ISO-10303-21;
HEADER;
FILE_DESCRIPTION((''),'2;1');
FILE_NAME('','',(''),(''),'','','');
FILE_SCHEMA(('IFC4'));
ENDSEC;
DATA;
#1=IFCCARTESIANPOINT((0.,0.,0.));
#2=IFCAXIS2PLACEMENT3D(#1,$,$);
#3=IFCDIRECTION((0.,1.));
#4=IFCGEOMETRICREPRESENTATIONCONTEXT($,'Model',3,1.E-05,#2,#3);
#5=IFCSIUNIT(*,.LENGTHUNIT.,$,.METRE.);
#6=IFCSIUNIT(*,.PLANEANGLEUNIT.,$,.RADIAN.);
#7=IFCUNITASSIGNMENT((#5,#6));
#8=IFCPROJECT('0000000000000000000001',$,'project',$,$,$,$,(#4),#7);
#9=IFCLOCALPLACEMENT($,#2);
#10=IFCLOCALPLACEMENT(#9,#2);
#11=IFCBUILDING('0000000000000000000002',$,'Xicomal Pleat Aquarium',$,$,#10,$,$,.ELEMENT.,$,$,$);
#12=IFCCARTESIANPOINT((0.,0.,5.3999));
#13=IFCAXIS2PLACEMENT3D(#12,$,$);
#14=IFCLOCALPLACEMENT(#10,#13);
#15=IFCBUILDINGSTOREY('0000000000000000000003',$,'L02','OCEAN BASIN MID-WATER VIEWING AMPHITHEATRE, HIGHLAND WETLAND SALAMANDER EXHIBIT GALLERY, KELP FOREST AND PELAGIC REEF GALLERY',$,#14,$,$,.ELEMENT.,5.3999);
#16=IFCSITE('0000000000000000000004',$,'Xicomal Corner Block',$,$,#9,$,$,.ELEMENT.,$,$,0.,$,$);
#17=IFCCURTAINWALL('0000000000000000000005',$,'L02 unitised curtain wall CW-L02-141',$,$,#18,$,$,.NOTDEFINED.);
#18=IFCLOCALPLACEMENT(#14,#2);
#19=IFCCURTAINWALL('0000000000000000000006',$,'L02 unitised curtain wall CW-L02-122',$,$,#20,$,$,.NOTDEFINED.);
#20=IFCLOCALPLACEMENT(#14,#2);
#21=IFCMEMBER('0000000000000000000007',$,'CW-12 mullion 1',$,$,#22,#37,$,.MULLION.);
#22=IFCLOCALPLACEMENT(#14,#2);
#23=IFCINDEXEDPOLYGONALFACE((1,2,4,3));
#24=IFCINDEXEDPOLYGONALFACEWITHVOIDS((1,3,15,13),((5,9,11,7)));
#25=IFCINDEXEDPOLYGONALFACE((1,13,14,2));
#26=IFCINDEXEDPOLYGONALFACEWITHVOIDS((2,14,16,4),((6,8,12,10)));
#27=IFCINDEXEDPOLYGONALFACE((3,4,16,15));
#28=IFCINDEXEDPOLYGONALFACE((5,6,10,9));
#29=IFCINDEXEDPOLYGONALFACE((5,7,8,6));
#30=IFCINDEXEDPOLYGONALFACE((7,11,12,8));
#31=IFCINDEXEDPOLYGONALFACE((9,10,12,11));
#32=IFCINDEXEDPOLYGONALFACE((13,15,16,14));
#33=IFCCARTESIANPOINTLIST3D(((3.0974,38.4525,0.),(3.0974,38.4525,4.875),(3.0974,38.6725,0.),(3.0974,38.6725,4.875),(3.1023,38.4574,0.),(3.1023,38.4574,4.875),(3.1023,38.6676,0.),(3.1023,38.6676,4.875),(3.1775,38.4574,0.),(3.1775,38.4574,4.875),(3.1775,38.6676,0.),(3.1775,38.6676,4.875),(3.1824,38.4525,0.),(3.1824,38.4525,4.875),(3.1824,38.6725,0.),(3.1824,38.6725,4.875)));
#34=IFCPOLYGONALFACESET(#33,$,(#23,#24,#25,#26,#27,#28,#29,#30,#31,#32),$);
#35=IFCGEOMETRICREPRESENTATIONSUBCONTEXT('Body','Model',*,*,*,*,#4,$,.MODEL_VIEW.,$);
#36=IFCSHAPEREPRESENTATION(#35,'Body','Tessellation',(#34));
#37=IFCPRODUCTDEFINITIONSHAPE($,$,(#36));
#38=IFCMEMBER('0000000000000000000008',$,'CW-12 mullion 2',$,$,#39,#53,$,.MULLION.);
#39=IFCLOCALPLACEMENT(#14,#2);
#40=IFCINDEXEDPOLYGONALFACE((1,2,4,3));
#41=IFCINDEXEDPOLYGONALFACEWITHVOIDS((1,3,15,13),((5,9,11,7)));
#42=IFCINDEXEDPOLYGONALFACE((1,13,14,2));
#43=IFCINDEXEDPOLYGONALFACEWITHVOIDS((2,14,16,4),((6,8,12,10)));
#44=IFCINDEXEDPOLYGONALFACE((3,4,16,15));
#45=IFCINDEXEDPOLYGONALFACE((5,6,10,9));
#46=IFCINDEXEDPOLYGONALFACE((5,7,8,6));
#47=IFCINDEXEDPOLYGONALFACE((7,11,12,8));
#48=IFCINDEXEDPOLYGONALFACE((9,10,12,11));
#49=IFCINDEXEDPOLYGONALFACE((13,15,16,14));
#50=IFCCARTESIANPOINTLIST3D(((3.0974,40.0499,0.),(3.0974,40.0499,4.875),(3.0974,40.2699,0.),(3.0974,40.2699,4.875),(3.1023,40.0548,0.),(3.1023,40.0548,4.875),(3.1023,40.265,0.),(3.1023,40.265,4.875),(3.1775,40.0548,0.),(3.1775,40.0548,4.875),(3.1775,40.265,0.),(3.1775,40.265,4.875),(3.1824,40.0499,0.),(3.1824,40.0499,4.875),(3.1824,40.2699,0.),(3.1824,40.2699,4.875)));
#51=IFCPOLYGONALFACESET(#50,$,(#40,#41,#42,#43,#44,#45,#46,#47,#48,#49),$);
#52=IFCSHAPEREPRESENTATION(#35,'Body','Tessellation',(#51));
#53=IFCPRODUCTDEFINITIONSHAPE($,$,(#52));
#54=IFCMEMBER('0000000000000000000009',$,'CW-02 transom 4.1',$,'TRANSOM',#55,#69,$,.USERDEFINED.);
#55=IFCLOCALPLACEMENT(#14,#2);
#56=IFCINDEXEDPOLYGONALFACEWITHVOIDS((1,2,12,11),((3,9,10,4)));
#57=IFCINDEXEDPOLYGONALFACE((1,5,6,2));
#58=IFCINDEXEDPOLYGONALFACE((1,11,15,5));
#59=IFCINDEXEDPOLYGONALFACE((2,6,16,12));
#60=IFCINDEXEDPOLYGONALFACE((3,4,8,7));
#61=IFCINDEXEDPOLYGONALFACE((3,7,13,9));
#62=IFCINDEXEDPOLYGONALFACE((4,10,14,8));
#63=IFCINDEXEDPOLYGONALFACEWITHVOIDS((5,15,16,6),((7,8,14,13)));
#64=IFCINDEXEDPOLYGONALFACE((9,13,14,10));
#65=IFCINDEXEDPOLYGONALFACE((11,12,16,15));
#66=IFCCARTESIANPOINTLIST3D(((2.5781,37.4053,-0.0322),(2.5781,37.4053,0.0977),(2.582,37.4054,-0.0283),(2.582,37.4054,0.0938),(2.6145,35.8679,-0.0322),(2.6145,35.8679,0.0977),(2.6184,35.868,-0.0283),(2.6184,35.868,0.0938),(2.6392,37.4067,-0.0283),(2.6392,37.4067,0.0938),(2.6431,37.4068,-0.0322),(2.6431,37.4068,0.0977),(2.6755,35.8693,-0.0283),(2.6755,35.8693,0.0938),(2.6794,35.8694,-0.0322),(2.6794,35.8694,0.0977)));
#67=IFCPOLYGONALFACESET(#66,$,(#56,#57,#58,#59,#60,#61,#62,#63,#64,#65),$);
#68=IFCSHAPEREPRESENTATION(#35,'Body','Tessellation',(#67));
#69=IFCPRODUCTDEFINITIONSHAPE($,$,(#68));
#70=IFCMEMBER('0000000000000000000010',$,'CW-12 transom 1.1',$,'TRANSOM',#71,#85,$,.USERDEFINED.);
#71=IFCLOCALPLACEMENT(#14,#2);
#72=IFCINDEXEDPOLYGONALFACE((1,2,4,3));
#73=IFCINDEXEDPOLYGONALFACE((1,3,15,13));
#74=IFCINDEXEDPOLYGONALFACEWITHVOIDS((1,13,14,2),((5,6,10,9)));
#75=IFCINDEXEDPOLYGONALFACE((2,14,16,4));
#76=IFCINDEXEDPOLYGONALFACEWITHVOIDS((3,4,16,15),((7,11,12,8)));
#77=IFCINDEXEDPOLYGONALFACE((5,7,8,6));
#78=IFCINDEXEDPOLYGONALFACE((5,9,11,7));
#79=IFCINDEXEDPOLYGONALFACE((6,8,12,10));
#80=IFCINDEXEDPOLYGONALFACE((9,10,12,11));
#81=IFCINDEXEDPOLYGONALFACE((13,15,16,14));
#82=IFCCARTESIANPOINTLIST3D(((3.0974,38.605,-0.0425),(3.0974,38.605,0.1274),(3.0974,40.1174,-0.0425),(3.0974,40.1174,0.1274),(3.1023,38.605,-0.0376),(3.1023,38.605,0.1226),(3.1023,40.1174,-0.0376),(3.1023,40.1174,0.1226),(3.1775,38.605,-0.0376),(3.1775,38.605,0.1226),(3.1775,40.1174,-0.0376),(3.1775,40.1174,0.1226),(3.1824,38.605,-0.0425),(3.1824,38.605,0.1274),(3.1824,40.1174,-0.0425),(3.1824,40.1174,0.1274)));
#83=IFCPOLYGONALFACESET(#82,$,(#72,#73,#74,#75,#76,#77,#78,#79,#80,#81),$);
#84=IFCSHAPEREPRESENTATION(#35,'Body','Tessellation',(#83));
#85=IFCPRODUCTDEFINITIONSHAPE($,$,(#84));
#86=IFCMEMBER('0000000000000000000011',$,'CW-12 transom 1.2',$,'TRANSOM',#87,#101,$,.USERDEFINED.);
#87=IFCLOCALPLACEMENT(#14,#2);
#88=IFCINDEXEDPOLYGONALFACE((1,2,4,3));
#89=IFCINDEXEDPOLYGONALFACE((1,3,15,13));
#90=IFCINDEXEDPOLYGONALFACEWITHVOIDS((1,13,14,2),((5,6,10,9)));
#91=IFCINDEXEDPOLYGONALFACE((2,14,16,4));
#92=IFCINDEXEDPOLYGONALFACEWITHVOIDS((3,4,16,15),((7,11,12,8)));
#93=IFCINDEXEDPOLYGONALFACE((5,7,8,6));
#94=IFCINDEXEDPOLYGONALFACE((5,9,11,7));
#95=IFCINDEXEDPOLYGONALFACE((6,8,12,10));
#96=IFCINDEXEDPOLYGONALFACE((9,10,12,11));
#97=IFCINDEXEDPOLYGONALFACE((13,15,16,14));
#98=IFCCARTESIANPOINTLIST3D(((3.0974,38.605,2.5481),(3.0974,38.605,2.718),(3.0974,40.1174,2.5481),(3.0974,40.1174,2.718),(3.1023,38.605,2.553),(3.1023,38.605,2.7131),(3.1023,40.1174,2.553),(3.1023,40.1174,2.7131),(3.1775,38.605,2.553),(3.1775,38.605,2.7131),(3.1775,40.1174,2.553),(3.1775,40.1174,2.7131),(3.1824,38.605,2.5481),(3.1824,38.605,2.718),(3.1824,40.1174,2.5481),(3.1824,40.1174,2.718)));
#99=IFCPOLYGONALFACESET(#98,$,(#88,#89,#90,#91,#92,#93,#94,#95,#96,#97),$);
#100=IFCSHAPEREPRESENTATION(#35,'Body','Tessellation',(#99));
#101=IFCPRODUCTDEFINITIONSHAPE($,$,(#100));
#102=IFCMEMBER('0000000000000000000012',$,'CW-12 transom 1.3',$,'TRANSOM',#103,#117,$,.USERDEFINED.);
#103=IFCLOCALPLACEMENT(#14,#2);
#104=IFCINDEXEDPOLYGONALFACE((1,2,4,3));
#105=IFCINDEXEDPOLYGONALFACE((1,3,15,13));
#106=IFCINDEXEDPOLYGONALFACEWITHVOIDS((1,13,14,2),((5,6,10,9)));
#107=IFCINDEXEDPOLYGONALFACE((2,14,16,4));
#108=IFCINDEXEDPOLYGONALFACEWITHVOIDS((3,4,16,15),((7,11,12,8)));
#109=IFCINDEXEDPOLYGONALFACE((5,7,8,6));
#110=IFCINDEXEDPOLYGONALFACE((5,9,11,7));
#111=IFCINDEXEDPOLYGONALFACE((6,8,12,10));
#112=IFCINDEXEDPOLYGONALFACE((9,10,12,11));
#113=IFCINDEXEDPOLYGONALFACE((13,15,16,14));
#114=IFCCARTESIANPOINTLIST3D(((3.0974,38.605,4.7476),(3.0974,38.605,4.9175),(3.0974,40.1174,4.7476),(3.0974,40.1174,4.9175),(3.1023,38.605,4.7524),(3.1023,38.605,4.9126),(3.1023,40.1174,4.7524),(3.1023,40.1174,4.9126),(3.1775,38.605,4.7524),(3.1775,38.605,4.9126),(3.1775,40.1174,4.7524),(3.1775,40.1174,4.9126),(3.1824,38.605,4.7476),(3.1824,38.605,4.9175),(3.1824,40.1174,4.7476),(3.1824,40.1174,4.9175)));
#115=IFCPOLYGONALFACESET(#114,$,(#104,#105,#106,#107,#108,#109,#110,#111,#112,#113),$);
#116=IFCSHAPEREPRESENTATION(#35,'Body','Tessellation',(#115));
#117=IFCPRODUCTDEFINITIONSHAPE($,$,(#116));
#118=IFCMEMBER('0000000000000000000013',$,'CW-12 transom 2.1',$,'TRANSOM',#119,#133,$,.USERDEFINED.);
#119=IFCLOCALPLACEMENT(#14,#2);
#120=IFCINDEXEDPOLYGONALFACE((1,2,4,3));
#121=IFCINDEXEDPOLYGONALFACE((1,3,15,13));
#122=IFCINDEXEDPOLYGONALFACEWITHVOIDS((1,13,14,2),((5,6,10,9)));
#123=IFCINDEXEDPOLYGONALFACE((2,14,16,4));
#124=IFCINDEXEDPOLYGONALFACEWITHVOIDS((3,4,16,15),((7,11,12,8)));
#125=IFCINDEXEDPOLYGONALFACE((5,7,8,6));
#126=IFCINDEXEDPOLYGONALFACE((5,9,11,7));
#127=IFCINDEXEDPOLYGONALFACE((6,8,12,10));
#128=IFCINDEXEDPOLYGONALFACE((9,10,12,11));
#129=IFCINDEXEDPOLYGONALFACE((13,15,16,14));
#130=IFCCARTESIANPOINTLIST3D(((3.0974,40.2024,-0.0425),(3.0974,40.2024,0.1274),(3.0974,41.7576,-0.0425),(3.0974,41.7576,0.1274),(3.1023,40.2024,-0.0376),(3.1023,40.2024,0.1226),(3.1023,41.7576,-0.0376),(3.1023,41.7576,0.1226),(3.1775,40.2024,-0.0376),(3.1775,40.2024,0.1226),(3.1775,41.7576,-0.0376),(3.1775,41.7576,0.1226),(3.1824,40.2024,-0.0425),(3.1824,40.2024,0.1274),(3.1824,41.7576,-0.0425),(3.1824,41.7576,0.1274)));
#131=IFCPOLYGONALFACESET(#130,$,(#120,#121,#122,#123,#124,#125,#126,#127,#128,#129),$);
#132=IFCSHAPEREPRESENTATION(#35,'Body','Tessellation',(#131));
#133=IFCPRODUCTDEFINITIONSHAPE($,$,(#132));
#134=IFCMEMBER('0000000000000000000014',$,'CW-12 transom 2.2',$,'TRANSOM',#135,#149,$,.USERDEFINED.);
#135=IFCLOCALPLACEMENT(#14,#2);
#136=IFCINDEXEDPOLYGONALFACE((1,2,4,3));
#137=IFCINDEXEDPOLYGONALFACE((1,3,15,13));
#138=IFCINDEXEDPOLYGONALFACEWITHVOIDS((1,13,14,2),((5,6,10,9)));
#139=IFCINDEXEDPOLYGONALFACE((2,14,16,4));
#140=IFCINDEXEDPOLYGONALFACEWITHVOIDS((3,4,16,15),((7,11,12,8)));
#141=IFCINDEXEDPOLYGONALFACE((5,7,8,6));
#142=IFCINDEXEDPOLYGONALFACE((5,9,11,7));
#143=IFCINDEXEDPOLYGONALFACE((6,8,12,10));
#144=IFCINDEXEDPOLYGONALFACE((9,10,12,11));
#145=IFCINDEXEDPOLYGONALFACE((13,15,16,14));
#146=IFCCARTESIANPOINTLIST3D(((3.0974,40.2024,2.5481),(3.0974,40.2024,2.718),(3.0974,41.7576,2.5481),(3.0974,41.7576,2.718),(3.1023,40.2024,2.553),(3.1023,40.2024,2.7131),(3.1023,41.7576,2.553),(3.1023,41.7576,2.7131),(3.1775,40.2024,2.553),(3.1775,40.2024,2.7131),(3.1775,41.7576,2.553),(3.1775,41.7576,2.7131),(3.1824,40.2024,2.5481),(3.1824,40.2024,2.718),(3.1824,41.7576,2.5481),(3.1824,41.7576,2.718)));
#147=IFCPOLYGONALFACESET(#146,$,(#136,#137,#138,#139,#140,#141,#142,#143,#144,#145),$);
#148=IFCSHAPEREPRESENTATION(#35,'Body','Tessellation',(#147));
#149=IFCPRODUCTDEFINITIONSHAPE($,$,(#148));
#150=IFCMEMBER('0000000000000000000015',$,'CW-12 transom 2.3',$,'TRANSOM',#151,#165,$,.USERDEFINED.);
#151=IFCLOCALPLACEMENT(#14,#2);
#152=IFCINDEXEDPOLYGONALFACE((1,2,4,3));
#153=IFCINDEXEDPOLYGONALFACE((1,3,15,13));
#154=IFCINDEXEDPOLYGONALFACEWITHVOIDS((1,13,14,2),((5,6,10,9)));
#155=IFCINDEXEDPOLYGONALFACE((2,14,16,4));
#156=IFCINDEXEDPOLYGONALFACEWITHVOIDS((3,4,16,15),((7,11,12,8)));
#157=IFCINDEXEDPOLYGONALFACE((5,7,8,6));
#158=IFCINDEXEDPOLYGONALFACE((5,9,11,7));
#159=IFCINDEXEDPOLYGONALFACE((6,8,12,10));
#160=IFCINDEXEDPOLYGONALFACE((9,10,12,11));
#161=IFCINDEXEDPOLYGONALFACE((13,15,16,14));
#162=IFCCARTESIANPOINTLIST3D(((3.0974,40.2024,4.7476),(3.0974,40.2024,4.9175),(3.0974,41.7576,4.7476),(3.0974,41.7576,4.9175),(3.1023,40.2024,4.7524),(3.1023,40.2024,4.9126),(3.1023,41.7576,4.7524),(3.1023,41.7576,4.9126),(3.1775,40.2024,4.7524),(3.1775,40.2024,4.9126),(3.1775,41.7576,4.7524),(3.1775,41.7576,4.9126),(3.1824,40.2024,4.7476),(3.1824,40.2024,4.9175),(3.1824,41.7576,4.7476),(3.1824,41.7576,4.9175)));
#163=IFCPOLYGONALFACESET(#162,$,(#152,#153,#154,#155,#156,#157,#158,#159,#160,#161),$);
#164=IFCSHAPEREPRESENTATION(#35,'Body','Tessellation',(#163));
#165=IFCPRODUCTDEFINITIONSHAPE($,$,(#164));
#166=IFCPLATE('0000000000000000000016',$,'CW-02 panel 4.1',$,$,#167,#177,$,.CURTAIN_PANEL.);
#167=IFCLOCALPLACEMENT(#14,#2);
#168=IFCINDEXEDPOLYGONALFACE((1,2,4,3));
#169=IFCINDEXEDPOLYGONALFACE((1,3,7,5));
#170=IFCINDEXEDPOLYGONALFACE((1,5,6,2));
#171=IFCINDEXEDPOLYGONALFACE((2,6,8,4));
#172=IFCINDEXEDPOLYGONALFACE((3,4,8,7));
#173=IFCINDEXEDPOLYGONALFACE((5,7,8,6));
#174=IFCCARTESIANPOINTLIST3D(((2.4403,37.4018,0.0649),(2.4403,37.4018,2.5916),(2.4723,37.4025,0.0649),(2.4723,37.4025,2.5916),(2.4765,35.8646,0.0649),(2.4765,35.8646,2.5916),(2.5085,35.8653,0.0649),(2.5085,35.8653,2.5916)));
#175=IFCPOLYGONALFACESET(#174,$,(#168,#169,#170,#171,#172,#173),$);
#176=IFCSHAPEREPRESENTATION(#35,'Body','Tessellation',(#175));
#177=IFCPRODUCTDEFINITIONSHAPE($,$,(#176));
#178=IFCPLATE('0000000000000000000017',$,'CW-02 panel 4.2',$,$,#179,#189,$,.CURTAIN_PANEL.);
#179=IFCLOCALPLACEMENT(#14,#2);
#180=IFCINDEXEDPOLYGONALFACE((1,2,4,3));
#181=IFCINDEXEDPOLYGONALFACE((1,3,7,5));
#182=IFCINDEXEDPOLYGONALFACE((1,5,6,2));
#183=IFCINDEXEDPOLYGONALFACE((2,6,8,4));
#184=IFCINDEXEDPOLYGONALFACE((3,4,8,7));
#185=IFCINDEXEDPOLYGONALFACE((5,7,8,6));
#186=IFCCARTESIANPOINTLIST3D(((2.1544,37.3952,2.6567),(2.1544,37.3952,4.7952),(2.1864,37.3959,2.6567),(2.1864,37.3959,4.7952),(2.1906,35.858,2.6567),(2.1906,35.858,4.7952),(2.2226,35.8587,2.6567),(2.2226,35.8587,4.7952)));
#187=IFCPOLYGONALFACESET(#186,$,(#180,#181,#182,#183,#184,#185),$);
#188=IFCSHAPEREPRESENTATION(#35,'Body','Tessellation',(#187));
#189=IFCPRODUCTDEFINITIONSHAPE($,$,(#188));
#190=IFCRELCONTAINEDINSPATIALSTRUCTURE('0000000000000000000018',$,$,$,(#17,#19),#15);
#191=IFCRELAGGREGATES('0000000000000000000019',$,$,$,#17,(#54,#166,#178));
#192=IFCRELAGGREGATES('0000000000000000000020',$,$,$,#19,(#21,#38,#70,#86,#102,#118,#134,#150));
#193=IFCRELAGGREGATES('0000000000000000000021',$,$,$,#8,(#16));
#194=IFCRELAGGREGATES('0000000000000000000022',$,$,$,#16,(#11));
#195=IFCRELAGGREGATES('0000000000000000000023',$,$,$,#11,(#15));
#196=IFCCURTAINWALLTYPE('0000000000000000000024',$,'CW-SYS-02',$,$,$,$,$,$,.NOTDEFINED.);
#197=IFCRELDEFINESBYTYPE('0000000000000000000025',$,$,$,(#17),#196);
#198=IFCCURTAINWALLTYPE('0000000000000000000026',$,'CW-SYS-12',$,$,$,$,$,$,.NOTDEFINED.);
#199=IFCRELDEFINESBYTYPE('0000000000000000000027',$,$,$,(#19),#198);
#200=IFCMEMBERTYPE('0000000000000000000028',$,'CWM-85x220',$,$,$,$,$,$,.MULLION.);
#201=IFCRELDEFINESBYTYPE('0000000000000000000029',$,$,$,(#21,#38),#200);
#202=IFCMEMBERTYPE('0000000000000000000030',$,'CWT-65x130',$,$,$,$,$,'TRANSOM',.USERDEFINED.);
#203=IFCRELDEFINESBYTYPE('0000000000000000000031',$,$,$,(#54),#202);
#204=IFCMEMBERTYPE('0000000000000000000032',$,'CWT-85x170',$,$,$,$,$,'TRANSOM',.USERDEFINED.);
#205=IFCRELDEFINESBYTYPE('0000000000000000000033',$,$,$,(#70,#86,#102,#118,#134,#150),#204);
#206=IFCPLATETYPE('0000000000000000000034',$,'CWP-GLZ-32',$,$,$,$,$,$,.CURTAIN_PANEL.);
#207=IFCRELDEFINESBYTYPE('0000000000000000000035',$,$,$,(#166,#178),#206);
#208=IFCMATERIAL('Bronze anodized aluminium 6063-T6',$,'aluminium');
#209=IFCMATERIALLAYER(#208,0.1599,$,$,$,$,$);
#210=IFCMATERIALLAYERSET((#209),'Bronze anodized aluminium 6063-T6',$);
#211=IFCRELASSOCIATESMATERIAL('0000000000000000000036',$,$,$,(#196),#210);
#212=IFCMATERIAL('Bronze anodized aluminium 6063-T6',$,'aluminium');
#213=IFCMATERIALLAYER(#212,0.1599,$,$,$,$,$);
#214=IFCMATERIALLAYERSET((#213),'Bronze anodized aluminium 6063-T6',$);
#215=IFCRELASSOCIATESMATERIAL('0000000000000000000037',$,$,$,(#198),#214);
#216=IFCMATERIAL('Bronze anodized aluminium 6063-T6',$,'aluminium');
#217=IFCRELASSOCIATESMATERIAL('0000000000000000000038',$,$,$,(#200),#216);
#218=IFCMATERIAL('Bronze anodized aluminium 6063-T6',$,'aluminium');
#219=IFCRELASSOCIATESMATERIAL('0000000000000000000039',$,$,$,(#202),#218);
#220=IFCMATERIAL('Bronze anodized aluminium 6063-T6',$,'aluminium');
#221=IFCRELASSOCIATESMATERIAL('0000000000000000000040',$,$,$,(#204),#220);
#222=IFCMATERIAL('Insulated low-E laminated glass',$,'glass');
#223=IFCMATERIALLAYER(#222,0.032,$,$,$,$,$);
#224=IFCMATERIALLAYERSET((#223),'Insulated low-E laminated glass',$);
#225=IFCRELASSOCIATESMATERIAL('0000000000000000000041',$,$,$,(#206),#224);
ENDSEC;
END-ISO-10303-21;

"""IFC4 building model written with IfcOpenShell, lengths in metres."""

from ifc_helpers import new_model, si_unit, direction, frame, origin, origin_2d, place, context, subcontext, project, spatial, rectangle, hollow_rectangle, extrude, material, layer, layer_set, material_profile, profile_set, type_object, element, aggregate, save


model = new_model("IFC4")

# Units and contexts
model_context = context("Model", 3, precision=1e-05, world=origin(), true_north=direction((0.0, 1.0)))
body_context = subcontext(model_context, "Body", "Model", "MODEL_VIEW")
ifc_project = project(units=[si_unit("LENGTHUNIT", "METRE"), si_unit("PLANEANGLEUNIT", "RADIAN")], contexts=[model_context])

# Site, building, storey
site_placement = place(None, origin())
site = spatial("IfcSite", under=ifc_project, at=site_placement, Name="Xicomal Corner Block", CompositionType="ELEMENT", RefElevation=0.0)
building_placement = place(site_placement, origin())
building = spatial("IfcBuilding", under=site, at=building_placement, Name="Xicomal Pleat Aquarium", CompositionType="ELEMENT")
storey_placement = place(building_placement, frame((0.0, 0.0, 5.3999)))
storey = spatial("IfcBuildingStorey", under=building, at=storey_placement, Name="L02", Description="OCEAN BASIN MID-WATER VIEWING AMPHITHEATRE, HIGHLAND WETLAND SALAMANDER EXHIBIT GALLERY, KELP FOREST AND PELAGIC REEF GALLERY", CompositionType="ELEMENT", Elevation=5.3999)

# Curtain wall
ifc_material_1 = material(Name="Bronze anodized aluminium 6063-T6", Category="aluminium")
ifc_layer_1 = layer(ifc_material_1, 0.1599)
ifc_layer_set_1 = layer_set([ifc_layer_1], Name="Bronze anodized aluminium 6063-T6")
curtain_wall_type_1 = type_object("IfcCurtainWallType", Name="CW-SYS-02", PredefinedType="NOTDEFINED", material=ifc_layer_set_1)
curtain_wall_1_placement = place(storey_placement, origin())
curtain_wall_1 = element("IfcCurtainWall", 1, at=curtain_wall_1_placement, inside=storey, type_object=curtain_wall_type_1, Name="L02 unitised curtain wall CW-L02-141", PredefinedType="NOTDEFINED")

# Curtain wall, members
ifc_material_2 = material(Name="Bronze anodized aluminium 6063-T6", Category="aluminium")
ifc_layer_2 = layer(ifc_material_2, 0.1599)
ifc_layer_set_2 = layer_set([ifc_layer_2], Name="Bronze anodized aluminium 6063-T6")
curtain_wall_type_2 = type_object("IfcCurtainWallType", Name="CW-SYS-12", PredefinedType="NOTDEFINED", material=ifc_layer_set_2)
curtain_wall_2_placement = place(storey_placement, origin())
curtain_wall_2 = element("IfcCurtainWall", 2, at=curtain_wall_2_placement, inside=storey, type_object=curtain_wall_type_2, Name="L02 unitised curtain wall CW-L02-122", PredefinedType="NOTDEFINED")
ifc_material_3 = material(Name="Bronze anodized aluminium 6063-T6", Category="aluminium")
ifc_material_profile_1 = material_profile(ifc_material_3, hollow_rectangle(XDim=0.085, YDim=0.22, WallThickness=0.0049, at=origin_2d()), Name="ALU MULL 85x220")
ifc_profile_set_1 = profile_set([ifc_material_profile_1], Name="Bronze anodized aluminium 6063-T6")
member_type_1 = type_object("IfcMemberType", Name="CWM-85x220", PredefinedType="MULLION", material=ifc_profile_set_1)
member_1_placement = place(storey_placement, frame((3.1399, 38.5625, 0.0), z_axis=(0.0, 0.0, 1.0), x_axis=(-1.0, 0.0, 0.0)))
member_1 = element("IfcMember", 3, at=member_1_placement, type_object=member_type_1, Name="CW-12 mullion 1", PredefinedType="MULLION", context=body_context, shape_type="SweptSolid", body=[
    extrude(hollow_rectangle(XDim=0.085, YDim=0.22, WallThickness=0.0049, at=origin_2d()), origin(), (0.0, 0.0, 1.0), 4.875),
])
member_2_placement = place(storey_placement, frame((3.1399, 40.1599, 0.0), z_axis=(0.0, 0.0, 1.0), x_axis=(-1.0, 0.0, 0.0)))
member_2 = element("IfcMember", 4, at=member_2_placement, type_object=member_type_1, Name="CW-12 mullion 2", PredefinedType="MULLION", context=body_context, shape_type="SweptSolid", body=[
    extrude(hollow_rectangle(XDim=0.085, YDim=0.22, WallThickness=0.0049, at=origin_2d()), origin(), (0.0, 0.0, 1.0), 4.875),
])

# Members
ifc_material_4 = material(Name="Bronze anodized aluminium 6063-T6", Category="aluminium")
ifc_material_profile_2 = material_profile(ifc_material_4, hollow_rectangle(XDim=0.0649, YDim=0.1299, WallThickness=0.0039, at=origin_2d()), Name="ALU TRAN 65x130")
ifc_profile_set_2 = profile_set([ifc_material_profile_2], Name="Bronze anodized aluminium 6063-T6")
member_type_2 = type_object("IfcMemberType", Name="CWT-65x130", ElementType="TRANSOM", PredefinedType="USERDEFINED", material=ifc_profile_set_2)
member_3_placement = place(storey_placement, frame((2.647, 35.8687, 0.0327), z_axis=(-0.023655, 0.99972, 0.0), x_axis=(-0.99972, -0.023655, 0.0)))
member_3 = element("IfcMember", 5, at=member_3_placement, type_object=member_type_2, Name="CW-02 transom 4.1", ObjectType="TRANSOM", PredefinedType="USERDEFINED", context=body_context, shape_type="SweptSolid", body=[
    extrude(hollow_rectangle(XDim=0.0649, YDim=0.1299, WallThickness=0.0039, at=origin_2d()), origin(), (0.0, 0.0, 1.0), 1.5378),
])
ifc_material_5 = material(Name="Bronze anodized aluminium 6063-T6", Category="aluminium")
ifc_material_profile_3 = material_profile(ifc_material_5, hollow_rectangle(XDim=0.085, YDim=0.1699, WallThickness=0.0049, at=origin_2d()), Name="ALU TRAN 85x170")
ifc_profile_set_3 = profile_set([ifc_material_profile_3], Name="Bronze anodized aluminium 6063-T6")
member_type_3 = type_object("IfcMemberType", Name="CWT-85x170", ElementType="TRANSOM", PredefinedType="USERDEFINED", material=ifc_profile_set_3)
member_4_placement = place(storey_placement, frame((3.1399, 38.605, 0.0425), z_axis=(0.0, 1.0, 0.0), x_axis=(-1.0, 0.0, 0.0)))
member_4 = element("IfcMember", 6, at=member_4_placement, type_object=member_type_3, Name="CW-12 transom 1.1", ObjectType="TRANSOM", PredefinedType="USERDEFINED", context=body_context, shape_type="SweptSolid", body=[
    extrude(hollow_rectangle(XDim=0.085, YDim=0.1699, WallThickness=0.0049, at=origin_2d()), origin(), (0.0, 0.0, 1.0), 1.5125),
])
member_5_placement = place(storey_placement, frame((3.1399, 38.605, 2.6331), z_axis=(0.0, 1.0, 0.0), x_axis=(-1.0, 0.0, 0.0)))
member_5 = element("IfcMember", 7, at=member_5_placement, type_object=member_type_3, Name="CW-12 transom 1.2", ObjectType="TRANSOM", PredefinedType="USERDEFINED", context=body_context, shape_type="SweptSolid", body=[
    extrude(hollow_rectangle(XDim=0.085, YDim=0.1699, WallThickness=0.0049, at=origin_2d()), origin(), (0.0, 0.0, 1.0), 1.5125),
])
member_6_placement = place(storey_placement, frame((3.1399, 38.605, 4.8325), z_axis=(0.0, 1.0, 0.0), x_axis=(-1.0, 0.0, 0.0)))
member_6 = element("IfcMember", 8, at=member_6_placement, type_object=member_type_3, Name="CW-12 transom 1.3", ObjectType="TRANSOM", PredefinedType="USERDEFINED", context=body_context, shape_type="SweptSolid", body=[
    extrude(hollow_rectangle(XDim=0.085, YDim=0.1699, WallThickness=0.0049, at=origin_2d()), origin(), (0.0, 0.0, 1.0), 1.5125),
])
member_7_placement = place(storey_placement, frame((3.1399, 40.2024, 0.0425), z_axis=(0.0, 1.0, 0.0), x_axis=(-1.0, 0.0, 0.0)))
member_7 = element("IfcMember", 9, at=member_7_placement, type_object=member_type_3, Name="CW-12 transom 2.1", ObjectType="TRANSOM", PredefinedType="USERDEFINED", context=body_context, shape_type="SweptSolid", body=[
    extrude(hollow_rectangle(XDim=0.085, YDim=0.1699, WallThickness=0.0049, at=origin_2d()), origin(), (0.0, 0.0, 1.0), 1.5552),
])
member_8_placement = place(storey_placement, frame((3.1399, 40.2024, 2.6331), z_axis=(0.0, 1.0, 0.0), x_axis=(-1.0, 0.0, 0.0)))
member_8 = element("IfcMember", 10, at=member_8_placement, type_object=member_type_3, Name="CW-12 transom 2.2", ObjectType="TRANSOM", PredefinedType="USERDEFINED", context=body_context, shape_type="SweptSolid", body=[
    extrude(hollow_rectangle(XDim=0.085, YDim=0.1699, WallThickness=0.0049, at=origin_2d()), origin(), (0.0, 0.0, 1.0), 1.5552),
])
member_9_placement = place(storey_placement, frame((3.1399, 40.2024, 4.8325), z_axis=(0.0, 1.0, 0.0), x_axis=(-1.0, 0.0, 0.0)))
member_9 = element("IfcMember", 11, at=member_9_placement, type_object=member_type_3, Name="CW-12 transom 2.3", ObjectType="TRANSOM", PredefinedType="USERDEFINED", context=body_context, shape_type="SweptSolid", body=[
    extrude(hollow_rectangle(XDim=0.085, YDim=0.1699, WallThickness=0.0049, at=origin_2d()), origin(), (0.0, 0.0, 1.0), 1.5552),
])

# Plates
ifc_material_6 = material(Name="Insulated low-E laminated glass", Category="glass")
ifc_layer_3 = layer(ifc_material_6, 0.032)
ifc_layer_set_3 = layer_set([ifc_layer_3], Name="Insulated low-E laminated glass")
plate_type_1 = type_object("IfcPlateType", Name="CWP-GLZ-32", PredefinedType="CURTAIN_PANEL", material=ifc_layer_set_3)
plate_1_placement = place(storey_placement, frame((2.4744, 36.6335, 0.0649), z_axis=(0.0, 0.0, 1.0), x_axis=(-0.023544, 0.999723, 0.0)))
plate_1 = element("IfcPlate", 12, at=plate_1_placement, type_object=plate_type_1, Name="CW-02 panel 4.1", PredefinedType="CURTAIN_PANEL", context=body_context, shape_type="SweptSolid", body=[
    extrude(rectangle(XDim=1.5376, YDim=0.032, at=origin_2d()), origin(), (0.0, 0.0, 1.0), 2.5266),
])
plate_2_placement = place(storey_placement, frame((2.1885, 36.627, 2.6567), z_axis=(0.0, 0.0, 1.0), x_axis=(-0.023544, 0.999723, 0.0)))
plate_2 = element("IfcPlate", 13, at=plate_2_placement, type_object=plate_type_1, Name="CW-02 panel 4.2", PredefinedType="CURTAIN_PANEL", context=body_context, shape_type="SweptSolid", body=[
    extrude(rectangle(XDim=1.5376, YDim=0.032, at=origin_2d()), origin(), (0.0, 0.0, 1.0), 2.1384),
])
aggregate(curtain_wall_1, [member_3, plate_1, plate_2])
aggregate(curtain_wall_2, [member_1, member_2, member_4, member_5, member_6, member_7, member_8, member_9])

save(model, "model.ifc")
